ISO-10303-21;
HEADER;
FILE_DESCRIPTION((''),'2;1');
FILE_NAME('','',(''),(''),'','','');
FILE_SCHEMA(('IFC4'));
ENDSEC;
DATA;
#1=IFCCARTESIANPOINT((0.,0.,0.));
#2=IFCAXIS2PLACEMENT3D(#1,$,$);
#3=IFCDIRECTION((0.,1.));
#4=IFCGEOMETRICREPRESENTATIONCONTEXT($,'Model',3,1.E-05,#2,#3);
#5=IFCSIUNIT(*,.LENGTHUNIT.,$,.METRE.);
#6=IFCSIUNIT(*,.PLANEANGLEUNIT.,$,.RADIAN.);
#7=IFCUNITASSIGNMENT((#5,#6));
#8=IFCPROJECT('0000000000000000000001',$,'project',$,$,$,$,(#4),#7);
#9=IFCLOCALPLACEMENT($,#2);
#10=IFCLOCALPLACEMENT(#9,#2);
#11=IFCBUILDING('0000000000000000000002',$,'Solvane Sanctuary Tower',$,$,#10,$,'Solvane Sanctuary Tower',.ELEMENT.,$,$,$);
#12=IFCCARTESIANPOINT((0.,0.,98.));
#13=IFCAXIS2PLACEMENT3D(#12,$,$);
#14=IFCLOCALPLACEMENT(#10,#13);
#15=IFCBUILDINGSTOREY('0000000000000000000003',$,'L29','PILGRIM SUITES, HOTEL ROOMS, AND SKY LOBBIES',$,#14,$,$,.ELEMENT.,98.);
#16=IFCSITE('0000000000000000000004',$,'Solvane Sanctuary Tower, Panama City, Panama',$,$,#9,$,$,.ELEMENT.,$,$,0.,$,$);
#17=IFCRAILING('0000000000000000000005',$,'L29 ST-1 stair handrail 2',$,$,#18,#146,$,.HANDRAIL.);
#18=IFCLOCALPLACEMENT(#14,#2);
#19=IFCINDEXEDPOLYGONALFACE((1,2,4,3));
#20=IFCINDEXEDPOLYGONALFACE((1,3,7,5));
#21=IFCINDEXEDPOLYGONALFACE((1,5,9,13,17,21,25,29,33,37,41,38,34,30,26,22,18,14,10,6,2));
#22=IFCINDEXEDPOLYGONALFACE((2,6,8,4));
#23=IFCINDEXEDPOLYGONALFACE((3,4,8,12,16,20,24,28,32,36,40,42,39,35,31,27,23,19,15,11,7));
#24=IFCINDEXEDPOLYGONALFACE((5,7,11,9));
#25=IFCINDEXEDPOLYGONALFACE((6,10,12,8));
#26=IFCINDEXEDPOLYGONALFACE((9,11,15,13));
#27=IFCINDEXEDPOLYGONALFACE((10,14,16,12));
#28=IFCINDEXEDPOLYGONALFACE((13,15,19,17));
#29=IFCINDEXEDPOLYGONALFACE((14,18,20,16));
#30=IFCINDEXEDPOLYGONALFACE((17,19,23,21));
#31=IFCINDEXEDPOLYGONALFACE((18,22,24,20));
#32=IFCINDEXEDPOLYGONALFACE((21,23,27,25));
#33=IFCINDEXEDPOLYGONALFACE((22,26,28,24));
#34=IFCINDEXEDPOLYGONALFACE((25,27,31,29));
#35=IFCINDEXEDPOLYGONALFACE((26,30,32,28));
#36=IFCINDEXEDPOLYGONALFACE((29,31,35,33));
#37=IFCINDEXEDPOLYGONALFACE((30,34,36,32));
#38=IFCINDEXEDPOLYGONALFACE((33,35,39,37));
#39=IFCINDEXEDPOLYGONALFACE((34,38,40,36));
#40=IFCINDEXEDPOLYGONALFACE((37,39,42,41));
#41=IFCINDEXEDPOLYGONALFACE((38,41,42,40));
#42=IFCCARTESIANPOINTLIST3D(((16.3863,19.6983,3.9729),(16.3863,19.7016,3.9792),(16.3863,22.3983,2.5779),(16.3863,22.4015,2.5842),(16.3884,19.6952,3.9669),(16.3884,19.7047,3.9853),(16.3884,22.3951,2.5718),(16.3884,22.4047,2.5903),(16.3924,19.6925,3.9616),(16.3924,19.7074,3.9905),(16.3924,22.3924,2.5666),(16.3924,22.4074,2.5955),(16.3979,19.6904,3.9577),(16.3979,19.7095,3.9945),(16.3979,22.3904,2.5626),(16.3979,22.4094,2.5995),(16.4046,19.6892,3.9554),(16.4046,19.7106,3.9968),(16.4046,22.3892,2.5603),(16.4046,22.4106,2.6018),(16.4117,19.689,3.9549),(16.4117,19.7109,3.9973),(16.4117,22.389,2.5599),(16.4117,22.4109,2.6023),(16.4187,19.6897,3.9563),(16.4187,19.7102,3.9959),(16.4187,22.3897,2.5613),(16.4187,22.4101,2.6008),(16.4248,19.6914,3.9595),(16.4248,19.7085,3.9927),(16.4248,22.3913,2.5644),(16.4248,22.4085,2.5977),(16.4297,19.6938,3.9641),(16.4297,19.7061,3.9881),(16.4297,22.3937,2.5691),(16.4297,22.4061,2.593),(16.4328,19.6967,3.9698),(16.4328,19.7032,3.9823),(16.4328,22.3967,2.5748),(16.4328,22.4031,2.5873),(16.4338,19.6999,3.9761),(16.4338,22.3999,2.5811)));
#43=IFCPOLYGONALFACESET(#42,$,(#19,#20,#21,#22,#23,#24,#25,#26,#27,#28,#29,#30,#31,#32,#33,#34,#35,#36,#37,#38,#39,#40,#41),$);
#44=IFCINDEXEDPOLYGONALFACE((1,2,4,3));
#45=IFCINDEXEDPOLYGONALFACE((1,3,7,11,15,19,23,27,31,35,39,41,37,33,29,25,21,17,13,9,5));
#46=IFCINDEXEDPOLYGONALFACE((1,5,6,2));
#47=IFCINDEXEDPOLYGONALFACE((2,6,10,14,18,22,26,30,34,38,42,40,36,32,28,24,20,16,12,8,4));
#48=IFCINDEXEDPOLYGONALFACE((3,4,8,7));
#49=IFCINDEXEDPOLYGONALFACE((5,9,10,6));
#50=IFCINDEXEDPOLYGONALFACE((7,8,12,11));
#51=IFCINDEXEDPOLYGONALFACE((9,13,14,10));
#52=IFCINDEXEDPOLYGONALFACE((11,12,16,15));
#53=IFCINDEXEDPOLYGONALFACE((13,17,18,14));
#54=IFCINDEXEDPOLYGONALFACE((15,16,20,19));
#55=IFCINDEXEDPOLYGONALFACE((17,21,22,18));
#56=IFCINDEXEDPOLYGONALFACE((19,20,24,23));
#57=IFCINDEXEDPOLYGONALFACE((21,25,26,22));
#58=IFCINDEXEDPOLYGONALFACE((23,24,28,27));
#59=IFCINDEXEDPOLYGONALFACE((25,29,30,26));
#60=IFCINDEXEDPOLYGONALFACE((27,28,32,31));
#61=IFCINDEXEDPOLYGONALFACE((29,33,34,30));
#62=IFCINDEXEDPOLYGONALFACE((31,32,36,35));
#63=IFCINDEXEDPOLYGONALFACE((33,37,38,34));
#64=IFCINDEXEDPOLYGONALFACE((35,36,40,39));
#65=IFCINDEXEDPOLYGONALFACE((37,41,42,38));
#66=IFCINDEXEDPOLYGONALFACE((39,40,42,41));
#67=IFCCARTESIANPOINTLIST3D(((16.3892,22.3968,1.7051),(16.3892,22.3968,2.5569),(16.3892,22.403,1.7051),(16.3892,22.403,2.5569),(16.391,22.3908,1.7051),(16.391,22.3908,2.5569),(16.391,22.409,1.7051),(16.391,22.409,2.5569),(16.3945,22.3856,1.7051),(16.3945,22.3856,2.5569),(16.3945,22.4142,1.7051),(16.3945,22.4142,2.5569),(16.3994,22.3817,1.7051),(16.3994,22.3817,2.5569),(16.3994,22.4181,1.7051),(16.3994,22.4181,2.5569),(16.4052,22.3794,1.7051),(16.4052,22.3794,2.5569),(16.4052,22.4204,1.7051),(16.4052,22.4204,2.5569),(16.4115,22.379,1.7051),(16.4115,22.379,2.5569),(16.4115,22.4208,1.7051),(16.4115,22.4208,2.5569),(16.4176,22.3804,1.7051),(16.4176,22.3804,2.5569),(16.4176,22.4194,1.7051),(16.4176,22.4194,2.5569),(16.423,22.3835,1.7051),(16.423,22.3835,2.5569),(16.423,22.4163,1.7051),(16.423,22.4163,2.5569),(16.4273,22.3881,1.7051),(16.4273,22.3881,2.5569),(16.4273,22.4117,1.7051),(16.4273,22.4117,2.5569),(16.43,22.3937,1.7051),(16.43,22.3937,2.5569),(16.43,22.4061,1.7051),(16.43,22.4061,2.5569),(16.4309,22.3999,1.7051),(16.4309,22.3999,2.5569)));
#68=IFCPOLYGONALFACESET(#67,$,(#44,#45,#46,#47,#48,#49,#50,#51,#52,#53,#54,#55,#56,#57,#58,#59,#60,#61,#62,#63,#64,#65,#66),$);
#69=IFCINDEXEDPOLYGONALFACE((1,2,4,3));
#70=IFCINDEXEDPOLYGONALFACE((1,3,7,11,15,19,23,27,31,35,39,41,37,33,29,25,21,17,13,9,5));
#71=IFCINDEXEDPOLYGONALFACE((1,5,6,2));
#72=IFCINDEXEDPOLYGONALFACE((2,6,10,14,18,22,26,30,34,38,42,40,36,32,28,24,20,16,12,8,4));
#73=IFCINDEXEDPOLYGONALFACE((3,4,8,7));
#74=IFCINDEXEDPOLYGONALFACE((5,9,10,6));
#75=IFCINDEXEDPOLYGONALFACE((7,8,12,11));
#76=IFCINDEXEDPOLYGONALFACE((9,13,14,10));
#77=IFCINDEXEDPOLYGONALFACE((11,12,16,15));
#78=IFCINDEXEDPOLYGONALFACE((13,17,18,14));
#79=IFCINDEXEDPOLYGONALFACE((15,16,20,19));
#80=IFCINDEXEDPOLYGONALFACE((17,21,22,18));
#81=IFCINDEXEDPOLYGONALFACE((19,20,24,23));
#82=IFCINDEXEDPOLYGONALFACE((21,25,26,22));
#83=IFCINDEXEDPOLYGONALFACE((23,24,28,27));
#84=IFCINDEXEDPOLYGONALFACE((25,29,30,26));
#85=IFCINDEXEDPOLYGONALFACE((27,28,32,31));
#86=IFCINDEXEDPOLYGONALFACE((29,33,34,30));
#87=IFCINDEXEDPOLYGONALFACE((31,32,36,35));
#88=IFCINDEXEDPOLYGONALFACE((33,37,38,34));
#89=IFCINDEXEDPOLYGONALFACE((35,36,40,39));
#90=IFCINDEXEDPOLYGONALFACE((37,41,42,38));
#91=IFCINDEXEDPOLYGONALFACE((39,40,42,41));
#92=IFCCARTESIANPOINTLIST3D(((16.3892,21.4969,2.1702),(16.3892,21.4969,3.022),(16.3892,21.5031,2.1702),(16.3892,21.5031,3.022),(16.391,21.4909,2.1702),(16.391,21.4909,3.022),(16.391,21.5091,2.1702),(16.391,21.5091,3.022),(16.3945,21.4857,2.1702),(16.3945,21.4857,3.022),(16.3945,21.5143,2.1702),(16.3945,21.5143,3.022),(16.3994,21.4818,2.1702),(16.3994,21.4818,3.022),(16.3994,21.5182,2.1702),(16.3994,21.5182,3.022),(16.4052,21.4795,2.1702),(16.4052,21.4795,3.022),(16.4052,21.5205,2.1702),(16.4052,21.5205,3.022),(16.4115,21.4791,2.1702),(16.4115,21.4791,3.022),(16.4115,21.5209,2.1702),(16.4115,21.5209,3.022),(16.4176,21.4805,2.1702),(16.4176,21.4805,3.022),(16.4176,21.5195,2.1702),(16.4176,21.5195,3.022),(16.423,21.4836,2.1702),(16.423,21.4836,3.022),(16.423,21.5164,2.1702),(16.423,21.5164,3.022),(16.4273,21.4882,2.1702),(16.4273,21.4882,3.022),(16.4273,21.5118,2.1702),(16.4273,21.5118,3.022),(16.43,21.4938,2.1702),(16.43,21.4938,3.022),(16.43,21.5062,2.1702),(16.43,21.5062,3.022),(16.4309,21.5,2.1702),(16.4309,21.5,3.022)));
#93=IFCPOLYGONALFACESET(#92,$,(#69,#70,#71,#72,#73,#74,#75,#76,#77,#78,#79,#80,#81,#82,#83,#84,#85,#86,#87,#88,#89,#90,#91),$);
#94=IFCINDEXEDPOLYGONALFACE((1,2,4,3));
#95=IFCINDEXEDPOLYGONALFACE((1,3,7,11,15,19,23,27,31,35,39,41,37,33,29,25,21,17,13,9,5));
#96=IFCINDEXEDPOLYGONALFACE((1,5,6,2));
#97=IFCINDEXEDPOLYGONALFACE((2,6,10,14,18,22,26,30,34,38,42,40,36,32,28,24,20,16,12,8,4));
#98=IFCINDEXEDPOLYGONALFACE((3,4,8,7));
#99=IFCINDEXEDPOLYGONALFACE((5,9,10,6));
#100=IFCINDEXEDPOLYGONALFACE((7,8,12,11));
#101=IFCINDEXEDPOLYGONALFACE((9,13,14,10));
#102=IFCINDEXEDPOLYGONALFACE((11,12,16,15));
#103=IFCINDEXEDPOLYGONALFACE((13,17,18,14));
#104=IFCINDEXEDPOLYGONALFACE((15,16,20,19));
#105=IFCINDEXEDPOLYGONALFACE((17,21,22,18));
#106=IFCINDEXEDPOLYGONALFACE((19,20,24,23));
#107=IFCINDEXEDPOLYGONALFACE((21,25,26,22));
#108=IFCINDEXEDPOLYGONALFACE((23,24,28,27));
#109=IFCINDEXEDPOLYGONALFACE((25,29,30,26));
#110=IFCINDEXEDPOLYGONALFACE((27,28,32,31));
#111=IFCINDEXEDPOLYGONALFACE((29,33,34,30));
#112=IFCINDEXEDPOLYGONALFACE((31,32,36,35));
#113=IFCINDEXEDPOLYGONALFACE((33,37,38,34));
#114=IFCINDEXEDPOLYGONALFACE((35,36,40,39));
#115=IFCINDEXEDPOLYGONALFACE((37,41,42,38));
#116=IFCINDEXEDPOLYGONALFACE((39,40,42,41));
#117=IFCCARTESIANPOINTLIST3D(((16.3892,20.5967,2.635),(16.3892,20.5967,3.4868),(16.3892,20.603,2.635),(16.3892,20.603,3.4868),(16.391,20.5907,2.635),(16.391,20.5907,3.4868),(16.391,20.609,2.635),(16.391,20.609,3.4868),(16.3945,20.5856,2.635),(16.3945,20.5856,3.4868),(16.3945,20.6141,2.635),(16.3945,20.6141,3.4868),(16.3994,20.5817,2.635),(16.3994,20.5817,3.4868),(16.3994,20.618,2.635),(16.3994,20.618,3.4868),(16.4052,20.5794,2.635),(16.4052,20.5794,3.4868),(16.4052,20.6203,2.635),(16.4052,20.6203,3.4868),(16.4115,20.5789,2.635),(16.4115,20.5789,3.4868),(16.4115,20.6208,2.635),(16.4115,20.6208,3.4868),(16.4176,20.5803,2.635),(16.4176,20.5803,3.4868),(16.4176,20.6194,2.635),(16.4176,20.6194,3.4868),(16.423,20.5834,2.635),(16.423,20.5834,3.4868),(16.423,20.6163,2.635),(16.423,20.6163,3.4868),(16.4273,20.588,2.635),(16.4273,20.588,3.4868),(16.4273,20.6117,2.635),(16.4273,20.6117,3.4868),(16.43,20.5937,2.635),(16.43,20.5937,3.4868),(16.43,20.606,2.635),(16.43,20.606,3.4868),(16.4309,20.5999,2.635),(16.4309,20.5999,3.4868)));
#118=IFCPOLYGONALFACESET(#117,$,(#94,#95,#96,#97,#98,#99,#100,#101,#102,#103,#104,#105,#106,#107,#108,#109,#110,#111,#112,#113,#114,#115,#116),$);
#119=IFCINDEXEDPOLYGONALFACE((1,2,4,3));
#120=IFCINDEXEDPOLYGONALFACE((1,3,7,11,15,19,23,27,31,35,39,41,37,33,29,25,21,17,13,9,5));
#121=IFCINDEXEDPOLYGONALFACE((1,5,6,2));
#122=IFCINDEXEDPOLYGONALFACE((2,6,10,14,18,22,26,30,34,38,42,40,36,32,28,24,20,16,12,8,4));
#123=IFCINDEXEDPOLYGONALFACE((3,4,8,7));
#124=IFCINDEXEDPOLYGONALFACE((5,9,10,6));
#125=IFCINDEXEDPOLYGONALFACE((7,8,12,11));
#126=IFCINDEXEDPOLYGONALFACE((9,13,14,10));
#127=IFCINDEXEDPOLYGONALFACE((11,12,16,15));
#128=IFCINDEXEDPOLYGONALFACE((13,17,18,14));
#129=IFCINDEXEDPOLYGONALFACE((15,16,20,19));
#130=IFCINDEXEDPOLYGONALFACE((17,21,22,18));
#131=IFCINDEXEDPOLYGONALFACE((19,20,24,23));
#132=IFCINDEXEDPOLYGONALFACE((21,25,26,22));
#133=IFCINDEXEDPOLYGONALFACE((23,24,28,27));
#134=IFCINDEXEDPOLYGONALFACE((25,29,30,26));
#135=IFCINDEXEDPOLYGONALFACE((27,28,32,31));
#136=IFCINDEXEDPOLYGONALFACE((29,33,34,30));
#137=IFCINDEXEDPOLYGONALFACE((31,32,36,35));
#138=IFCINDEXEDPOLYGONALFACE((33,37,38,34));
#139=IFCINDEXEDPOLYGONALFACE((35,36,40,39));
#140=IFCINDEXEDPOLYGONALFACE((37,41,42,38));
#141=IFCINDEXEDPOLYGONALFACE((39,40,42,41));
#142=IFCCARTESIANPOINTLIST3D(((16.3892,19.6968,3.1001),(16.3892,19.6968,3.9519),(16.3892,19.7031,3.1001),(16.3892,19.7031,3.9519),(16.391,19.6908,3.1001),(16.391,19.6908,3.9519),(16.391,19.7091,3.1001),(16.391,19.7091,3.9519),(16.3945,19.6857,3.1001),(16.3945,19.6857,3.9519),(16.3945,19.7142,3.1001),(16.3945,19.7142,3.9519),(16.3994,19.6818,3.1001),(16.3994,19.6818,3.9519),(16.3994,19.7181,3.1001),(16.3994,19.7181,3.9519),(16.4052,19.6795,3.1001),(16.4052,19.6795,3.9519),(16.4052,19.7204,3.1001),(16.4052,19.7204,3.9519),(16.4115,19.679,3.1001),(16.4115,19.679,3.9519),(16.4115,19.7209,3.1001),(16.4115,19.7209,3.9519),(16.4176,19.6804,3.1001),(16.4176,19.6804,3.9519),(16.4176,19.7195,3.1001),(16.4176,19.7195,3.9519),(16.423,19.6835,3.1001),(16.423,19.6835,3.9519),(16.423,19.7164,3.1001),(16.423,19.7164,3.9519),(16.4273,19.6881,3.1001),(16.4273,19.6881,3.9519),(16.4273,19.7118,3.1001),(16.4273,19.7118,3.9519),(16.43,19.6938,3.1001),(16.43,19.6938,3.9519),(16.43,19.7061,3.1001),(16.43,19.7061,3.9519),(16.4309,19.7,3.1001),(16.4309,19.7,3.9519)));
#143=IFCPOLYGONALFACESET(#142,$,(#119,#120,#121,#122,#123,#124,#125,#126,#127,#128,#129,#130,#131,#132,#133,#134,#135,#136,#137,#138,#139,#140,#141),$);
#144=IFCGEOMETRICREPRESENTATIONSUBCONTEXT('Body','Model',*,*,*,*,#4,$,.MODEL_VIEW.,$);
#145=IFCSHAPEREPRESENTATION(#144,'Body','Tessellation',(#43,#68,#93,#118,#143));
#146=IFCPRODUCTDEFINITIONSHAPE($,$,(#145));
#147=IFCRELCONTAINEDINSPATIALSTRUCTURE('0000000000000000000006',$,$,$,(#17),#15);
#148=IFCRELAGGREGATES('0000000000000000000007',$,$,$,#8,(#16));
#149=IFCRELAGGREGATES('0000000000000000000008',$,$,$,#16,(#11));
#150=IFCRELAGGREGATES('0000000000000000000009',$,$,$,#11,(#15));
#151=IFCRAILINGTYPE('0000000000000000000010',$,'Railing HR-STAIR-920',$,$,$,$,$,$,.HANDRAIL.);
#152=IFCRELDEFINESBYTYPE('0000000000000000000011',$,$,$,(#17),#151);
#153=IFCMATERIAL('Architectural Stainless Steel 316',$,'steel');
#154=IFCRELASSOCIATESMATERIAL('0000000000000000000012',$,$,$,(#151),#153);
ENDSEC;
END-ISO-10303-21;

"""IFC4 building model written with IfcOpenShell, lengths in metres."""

from ifc_helpers import new_model, si_unit, direction, frame, origin, origin_2d, place, context, subcontext, project, spatial, circle, extrude, material, type_object, element, save


model = new_model("IFC4")

# Units and contexts
model_context = context("Model", 3, precision=1e-05, world=origin(), true_north=direction((0.0, 1.0)))
body_context = subcontext(model_context, "Body", "Model", "MODEL_VIEW")
ifc_project = project(units=[si_unit("LENGTHUNIT", "METRE"), si_unit("PLANEANGLEUNIT", "RADIAN")], contexts=[model_context])

# Site, building, storey
site_placement = place(None, origin())
site = spatial("IfcSite", under=ifc_project, at=site_placement, Name="Solvane Sanctuary Tower, Panama City, Panama", CompositionType="ELEMENT", RefElevation=0.0)
building_placement = place(site_placement, origin())
building = spatial("IfcBuilding", under=site, at=building_placement, Name="Solvane Sanctuary Tower", LongName="Solvane Sanctuary Tower", CompositionType="ELEMENT")
storey_placement = place(building_placement, frame((0.0, 0.0, 98.0)))
storey = spatial("IfcBuildingStorey", under=building, at=storey_placement, Name="L29", Description="PILGRIM SUITES, HOTEL ROOMS, AND SKY LOBBIES", CompositionType="ELEMENT", Elevation=98.0)

# Railing
ifc_material_1 = material(Name="Architectural Stainless Steel 316", Category="steel")
railing_type_1 = type_object("IfcRailingType", Name="Railing HR-STAIR-920", PredefinedType="HANDRAIL", material=ifc_material_1)
railing_1_placement = place(storey_placement, frame((16.4099, 22.3999, 1.7051)))
element("IfcRailing", 1, at=railing_1_placement, inside=storey, type_object=railing_type_1, Name="L29 ST-1 stair handrail 2", PredefinedType="HANDRAIL", context=body_context, shape_type="SweptSolid", body=[
    extrude(circle(Radius=0.0239, at=origin_2d()), frame((0.0, 0.0, 0.876), z_axis=(0.0, -0.88842, 0.459032), x_axis=(1.0, 0.0, 0.0)), (0.0, 0.0, 1.0), 3.0391),
    extrude(circle(Radius=0.021, at=origin_2d()), origin(), (0.0, 0.0, 1.0), 0.8518),
    extrude(circle(Radius=0.021, at=origin_2d()), frame((0.0, -0.8999, 0.4651)), (0.0, 0.0, 1.0), 0.8518),
    extrude(circle(Radius=0.021, at=origin_2d()), frame((0.0, -1.8, 0.9299)), (0.0, 0.0, 1.0), 0.8518),
    extrude(circle(Radius=0.021, at=origin_2d()), frame((0.0, -2.7, 1.395)), (0.0, 0.0, 1.0), 0.8518),
])

save(model, "model.ifc")
